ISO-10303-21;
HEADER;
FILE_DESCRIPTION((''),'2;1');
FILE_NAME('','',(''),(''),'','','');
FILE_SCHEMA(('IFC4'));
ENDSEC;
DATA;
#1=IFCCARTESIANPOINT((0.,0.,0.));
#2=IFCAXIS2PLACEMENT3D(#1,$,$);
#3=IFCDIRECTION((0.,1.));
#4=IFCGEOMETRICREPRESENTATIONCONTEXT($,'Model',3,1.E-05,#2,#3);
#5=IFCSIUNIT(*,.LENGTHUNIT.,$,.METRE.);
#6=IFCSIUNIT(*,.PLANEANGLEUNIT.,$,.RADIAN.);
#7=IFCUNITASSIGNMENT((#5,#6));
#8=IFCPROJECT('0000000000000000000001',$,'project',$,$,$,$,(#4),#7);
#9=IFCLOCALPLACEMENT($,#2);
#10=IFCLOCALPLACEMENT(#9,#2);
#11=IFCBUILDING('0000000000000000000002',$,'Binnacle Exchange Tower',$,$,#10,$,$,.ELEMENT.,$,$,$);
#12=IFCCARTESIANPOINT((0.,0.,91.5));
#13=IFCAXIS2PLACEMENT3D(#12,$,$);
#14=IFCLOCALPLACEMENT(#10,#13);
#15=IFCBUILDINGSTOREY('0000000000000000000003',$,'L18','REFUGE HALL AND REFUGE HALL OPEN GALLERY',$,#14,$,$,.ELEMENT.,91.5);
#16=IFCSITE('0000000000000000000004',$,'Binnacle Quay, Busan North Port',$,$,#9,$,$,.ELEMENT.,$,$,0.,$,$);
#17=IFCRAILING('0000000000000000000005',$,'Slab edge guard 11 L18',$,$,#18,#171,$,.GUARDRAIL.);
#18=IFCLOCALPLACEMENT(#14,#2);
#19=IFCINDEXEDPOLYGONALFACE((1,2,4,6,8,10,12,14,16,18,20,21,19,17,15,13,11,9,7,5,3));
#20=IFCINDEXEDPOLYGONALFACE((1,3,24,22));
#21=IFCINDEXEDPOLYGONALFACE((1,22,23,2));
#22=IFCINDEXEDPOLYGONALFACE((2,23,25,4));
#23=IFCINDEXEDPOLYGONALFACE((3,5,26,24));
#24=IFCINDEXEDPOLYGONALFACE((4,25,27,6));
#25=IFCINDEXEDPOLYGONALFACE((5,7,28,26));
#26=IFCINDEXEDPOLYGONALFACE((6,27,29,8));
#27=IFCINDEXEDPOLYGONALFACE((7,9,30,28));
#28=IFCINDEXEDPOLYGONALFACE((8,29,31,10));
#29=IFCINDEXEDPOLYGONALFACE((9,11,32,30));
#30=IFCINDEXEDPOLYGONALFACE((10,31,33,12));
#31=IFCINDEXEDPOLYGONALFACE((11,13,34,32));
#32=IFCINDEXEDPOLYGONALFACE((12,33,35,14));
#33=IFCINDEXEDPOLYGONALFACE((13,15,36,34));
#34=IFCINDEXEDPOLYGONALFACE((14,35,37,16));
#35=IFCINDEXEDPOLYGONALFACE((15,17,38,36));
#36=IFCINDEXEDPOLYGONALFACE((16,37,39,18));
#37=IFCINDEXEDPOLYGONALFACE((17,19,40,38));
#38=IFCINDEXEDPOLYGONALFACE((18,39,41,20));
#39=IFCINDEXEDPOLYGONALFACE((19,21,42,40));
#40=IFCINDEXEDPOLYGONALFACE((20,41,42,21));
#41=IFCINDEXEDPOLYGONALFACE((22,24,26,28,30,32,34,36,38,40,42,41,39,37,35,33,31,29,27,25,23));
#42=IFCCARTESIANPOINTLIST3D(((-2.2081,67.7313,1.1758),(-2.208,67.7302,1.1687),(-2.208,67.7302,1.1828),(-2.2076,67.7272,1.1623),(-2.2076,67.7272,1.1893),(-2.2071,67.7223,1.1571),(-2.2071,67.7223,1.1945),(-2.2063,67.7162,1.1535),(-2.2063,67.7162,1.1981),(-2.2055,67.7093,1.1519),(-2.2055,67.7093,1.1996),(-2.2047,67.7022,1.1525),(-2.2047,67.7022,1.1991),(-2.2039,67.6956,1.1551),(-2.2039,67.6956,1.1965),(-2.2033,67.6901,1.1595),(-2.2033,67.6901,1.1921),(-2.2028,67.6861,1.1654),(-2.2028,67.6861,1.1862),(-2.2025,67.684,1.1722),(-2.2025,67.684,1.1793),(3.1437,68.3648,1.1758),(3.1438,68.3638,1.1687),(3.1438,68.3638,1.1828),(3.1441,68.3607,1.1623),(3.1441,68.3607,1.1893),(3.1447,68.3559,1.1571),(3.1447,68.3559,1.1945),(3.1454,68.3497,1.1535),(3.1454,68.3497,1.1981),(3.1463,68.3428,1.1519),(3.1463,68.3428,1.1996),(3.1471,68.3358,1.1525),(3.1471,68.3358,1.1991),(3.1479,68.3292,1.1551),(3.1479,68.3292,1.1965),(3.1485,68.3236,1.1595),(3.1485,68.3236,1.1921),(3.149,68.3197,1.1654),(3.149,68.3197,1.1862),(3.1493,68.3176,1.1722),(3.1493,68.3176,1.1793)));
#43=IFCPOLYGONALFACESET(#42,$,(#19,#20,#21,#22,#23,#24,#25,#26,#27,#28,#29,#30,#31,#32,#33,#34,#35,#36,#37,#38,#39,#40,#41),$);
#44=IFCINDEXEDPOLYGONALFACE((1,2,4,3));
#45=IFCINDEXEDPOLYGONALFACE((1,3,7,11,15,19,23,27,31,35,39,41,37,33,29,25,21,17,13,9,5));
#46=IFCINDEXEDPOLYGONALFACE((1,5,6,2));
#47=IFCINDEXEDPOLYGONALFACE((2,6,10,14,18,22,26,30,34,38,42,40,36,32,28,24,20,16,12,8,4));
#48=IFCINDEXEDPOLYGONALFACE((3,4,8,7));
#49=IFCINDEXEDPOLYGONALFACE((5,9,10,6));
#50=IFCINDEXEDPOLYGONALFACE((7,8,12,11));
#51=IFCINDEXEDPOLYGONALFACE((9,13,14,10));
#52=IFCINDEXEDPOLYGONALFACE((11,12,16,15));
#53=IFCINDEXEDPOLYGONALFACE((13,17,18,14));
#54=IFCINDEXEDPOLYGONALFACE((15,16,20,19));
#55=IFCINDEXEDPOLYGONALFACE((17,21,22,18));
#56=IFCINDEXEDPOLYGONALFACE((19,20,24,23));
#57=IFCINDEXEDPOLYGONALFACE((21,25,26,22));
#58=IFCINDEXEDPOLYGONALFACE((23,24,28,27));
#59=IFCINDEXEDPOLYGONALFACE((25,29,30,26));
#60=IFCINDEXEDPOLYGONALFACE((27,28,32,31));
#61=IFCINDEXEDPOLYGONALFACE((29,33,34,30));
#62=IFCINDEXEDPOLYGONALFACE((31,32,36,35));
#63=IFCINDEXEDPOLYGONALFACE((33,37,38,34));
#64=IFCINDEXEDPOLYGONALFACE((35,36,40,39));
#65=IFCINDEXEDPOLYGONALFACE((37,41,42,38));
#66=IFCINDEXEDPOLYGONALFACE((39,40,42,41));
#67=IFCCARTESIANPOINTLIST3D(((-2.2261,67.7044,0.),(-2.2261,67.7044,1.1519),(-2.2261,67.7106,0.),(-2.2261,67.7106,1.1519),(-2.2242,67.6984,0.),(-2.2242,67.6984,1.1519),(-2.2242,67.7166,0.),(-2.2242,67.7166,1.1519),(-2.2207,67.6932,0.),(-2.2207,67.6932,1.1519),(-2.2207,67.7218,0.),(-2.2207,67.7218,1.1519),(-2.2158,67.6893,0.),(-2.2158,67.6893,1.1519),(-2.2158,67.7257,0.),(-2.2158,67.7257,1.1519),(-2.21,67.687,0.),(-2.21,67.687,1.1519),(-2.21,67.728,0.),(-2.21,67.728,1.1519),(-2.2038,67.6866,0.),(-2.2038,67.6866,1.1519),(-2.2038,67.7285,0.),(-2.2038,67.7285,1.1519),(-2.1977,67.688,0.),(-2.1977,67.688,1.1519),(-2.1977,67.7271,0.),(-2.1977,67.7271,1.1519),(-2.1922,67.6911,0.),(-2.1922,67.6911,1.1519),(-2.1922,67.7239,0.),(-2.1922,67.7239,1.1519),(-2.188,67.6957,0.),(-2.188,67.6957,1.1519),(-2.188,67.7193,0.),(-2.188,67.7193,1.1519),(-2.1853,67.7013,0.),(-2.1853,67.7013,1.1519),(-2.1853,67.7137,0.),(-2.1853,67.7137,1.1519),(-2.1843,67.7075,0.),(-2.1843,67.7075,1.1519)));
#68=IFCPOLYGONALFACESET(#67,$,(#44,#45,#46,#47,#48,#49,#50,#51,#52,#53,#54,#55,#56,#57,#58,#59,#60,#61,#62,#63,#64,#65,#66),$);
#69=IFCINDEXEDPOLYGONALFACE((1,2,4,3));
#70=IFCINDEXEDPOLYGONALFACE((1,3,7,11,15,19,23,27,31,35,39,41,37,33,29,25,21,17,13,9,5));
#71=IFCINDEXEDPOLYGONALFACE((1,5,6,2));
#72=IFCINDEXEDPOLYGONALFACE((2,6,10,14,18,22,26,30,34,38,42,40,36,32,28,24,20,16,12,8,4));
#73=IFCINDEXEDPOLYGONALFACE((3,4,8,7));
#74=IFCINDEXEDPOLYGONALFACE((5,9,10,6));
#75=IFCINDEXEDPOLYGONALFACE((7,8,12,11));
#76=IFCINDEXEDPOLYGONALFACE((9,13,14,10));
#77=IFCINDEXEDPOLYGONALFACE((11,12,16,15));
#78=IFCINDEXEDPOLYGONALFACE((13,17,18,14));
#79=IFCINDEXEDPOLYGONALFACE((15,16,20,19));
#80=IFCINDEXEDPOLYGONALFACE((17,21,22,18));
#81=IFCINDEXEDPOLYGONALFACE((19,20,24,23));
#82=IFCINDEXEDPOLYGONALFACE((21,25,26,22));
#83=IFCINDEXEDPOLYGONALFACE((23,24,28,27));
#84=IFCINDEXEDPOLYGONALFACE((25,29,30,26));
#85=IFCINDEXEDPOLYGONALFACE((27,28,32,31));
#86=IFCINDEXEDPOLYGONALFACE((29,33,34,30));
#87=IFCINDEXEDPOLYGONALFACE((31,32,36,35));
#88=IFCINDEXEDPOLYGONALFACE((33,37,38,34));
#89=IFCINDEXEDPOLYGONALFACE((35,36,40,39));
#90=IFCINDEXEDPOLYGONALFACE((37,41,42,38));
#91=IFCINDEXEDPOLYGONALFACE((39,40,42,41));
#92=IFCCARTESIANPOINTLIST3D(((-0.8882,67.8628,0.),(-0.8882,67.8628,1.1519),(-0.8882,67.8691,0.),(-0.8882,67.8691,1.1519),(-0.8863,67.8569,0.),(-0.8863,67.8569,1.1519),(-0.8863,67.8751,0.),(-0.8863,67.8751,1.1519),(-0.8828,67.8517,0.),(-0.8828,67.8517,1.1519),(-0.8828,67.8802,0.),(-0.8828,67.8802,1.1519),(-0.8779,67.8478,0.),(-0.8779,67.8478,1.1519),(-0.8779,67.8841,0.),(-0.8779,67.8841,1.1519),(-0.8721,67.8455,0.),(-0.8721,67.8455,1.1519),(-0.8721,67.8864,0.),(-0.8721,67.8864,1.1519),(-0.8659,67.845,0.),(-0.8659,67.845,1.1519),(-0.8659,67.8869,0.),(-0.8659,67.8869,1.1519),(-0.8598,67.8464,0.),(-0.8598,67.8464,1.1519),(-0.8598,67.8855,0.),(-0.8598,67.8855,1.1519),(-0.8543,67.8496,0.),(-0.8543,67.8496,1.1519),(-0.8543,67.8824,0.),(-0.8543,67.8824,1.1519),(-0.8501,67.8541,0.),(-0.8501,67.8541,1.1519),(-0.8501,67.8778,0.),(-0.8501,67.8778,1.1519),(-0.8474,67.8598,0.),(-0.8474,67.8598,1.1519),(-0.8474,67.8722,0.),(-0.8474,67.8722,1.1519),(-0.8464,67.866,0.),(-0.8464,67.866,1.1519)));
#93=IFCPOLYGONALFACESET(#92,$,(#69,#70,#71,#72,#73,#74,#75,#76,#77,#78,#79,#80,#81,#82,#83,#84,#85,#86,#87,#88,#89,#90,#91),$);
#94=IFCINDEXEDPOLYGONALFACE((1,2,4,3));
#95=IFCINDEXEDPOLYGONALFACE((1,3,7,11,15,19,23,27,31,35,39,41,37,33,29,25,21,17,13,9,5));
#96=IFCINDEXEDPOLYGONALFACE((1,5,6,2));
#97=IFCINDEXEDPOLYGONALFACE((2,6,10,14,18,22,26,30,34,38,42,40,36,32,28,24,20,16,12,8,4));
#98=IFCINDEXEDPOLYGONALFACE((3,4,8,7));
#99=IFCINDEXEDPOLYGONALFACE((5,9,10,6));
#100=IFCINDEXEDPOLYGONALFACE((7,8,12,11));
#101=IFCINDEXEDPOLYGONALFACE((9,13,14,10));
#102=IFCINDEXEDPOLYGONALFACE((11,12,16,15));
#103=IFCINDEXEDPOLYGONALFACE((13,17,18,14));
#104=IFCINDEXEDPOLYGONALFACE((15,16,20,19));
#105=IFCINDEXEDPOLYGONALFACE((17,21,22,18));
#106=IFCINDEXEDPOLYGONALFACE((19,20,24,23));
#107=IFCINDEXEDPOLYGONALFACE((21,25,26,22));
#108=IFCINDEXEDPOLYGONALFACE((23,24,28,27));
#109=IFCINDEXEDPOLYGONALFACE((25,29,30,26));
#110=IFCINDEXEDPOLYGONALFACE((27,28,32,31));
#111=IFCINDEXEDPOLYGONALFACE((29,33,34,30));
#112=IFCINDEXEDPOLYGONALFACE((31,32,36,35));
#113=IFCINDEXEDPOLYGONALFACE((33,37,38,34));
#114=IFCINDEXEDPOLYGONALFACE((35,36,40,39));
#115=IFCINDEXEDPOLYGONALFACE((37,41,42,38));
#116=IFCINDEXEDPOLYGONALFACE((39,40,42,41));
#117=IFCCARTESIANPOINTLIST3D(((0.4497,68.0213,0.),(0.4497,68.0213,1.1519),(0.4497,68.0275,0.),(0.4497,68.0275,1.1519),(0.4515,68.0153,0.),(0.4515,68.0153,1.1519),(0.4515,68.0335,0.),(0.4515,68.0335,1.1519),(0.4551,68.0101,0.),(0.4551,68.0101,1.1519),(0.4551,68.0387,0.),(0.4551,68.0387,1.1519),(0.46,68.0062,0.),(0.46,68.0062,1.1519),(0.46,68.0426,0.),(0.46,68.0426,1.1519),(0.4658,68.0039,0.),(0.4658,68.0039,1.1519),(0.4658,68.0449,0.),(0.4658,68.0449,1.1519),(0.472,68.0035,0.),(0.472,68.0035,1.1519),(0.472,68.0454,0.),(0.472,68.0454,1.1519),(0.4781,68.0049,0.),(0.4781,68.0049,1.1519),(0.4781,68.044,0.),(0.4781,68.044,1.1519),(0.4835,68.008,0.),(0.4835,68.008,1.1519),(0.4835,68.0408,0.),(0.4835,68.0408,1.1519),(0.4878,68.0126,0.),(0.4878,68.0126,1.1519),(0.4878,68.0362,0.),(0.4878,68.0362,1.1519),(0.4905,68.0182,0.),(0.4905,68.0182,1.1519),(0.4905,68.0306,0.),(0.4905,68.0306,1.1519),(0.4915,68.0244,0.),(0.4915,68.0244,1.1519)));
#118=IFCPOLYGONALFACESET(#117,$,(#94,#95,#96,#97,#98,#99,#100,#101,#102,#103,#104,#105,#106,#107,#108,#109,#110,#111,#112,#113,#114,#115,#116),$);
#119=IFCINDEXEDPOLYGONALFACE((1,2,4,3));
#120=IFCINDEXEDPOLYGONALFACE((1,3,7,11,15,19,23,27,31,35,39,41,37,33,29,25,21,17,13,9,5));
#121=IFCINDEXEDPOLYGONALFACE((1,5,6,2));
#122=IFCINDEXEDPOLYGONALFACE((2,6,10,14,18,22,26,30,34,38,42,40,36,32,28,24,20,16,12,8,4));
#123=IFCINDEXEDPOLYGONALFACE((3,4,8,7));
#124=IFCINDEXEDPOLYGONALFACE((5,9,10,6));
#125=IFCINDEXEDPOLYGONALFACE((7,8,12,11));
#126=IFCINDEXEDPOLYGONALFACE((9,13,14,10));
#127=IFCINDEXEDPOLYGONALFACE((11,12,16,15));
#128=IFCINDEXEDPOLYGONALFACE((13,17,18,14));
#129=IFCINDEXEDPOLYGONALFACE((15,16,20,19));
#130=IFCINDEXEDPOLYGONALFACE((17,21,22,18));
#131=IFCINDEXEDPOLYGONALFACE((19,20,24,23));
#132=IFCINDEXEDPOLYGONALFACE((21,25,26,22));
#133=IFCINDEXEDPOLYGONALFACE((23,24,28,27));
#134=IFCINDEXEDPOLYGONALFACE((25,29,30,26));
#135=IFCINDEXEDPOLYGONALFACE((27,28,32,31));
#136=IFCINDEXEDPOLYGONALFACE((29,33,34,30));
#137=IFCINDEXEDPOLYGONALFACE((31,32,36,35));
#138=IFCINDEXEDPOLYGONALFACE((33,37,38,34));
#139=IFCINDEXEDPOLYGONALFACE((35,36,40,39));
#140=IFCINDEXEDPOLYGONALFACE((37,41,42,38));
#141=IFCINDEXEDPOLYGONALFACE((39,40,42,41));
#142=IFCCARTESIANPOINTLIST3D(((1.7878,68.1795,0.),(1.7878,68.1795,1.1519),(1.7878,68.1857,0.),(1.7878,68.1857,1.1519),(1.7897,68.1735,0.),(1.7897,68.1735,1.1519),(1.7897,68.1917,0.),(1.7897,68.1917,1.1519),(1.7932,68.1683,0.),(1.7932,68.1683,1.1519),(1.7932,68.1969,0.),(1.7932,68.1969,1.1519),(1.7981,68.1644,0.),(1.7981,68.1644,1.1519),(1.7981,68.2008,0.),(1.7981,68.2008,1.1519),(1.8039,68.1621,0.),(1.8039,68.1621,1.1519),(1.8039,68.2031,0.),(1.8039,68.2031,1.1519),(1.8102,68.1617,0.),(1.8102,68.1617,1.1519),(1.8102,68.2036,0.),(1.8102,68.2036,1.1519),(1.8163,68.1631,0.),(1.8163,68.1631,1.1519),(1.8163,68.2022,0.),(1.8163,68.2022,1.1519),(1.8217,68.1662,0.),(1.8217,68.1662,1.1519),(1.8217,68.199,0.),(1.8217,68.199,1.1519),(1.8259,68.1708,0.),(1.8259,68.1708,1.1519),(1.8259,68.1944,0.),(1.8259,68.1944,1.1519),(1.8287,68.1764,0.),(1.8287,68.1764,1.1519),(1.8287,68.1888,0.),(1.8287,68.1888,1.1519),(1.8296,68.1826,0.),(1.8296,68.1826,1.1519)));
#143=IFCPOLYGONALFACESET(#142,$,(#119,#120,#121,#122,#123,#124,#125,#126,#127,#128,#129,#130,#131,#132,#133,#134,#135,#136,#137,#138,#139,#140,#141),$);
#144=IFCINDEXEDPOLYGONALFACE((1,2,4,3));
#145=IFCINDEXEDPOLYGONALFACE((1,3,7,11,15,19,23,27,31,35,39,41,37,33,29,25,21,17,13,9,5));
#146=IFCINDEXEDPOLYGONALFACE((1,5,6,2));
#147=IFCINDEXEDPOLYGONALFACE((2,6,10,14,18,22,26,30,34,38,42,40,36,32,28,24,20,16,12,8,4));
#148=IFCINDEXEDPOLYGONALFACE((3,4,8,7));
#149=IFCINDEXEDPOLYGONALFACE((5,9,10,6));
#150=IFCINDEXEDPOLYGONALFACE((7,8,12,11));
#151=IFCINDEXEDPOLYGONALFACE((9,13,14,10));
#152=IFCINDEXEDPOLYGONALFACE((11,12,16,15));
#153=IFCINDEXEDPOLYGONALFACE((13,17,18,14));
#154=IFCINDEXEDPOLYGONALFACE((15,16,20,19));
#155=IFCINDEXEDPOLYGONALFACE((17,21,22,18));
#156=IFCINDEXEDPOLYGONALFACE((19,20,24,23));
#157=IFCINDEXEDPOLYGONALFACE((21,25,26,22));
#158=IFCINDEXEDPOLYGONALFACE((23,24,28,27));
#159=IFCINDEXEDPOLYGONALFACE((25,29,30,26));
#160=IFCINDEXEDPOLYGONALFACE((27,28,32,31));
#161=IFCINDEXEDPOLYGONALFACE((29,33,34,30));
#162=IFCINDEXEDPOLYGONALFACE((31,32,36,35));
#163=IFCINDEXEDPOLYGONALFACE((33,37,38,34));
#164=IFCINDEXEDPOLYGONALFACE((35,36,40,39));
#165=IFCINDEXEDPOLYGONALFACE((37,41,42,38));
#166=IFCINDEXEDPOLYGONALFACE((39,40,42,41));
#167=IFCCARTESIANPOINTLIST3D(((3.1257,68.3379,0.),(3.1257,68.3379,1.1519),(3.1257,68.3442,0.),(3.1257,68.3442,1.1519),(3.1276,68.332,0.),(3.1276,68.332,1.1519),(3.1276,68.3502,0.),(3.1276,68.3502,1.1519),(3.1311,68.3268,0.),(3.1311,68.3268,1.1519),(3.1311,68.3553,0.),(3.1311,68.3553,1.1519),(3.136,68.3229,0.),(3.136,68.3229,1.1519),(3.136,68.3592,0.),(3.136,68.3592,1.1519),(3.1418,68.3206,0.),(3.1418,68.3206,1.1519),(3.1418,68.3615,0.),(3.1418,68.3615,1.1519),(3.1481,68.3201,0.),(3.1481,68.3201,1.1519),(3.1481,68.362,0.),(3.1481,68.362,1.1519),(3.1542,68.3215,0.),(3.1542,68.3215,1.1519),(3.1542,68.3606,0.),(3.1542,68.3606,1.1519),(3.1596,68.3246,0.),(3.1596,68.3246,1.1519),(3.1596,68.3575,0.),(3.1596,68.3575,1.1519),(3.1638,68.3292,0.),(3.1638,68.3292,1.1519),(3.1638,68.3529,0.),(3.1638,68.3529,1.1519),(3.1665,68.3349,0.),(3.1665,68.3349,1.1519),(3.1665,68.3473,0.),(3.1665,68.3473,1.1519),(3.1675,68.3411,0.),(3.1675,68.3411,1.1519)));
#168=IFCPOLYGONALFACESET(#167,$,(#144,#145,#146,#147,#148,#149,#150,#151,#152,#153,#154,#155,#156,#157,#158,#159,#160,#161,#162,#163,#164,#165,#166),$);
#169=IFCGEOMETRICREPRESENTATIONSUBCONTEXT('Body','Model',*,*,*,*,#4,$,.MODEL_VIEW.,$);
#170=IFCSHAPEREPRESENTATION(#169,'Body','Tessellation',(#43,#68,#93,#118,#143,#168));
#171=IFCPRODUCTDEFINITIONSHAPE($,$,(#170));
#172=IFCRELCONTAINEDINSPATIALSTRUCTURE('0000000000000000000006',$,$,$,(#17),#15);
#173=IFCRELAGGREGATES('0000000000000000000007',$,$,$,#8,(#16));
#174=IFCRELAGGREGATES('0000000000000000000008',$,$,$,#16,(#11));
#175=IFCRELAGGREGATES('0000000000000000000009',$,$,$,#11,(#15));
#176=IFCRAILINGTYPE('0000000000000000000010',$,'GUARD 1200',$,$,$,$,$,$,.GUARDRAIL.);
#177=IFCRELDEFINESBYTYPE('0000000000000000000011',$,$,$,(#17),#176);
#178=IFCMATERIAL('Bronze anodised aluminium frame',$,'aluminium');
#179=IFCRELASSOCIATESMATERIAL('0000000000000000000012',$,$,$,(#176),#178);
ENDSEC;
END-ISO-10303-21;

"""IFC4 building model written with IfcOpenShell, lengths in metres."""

from ifc_helpers import new_model, si_unit, direction, frame, origin, origin_2d, place, context, subcontext, project, spatial, circle, extrude, material, type_object, element, save


model = new_model("IFC4")

# Units and contexts
model_context = context("Model", 3, precision=1e-05, world=origin(), true_north=direction((0.0, 1.0)))
body_context = subcontext(model_context, "Body", "Model", "MODEL_VIEW")
ifc_project = project(units=[si_unit("LENGTHUNIT", "METRE"), si_unit("PLANEANGLEUNIT", "RADIAN")], contexts=[model_context])

# Site, building, storey
site_placement = place(None, origin())
site = spatial("IfcSite", under=ifc_project, at=site_placement, Name="Binnacle Quay, Busan North Port", CompositionType="ELEMENT", RefElevation=0.0)
building_placement = place(site_placement, origin())
building = spatial("IfcBuilding", under=site, at=building_placement, Name="Binnacle Exchange Tower", CompositionType="ELEMENT")
storey_placement = place(building_placement, frame((0.0, 0.0, 91.5)))
storey = spatial("IfcBuildingStorey", under=building, at=storey_placement, Name="L18", Description="REFUGE HALL AND REFUGE HALL OPEN GALLERY", CompositionType="ELEMENT", Elevation=91.5)

# Railing
ifc_material_1 = material(Name="Bronze anodised aluminium frame", Category="aluminium")
railing_type = type_object("IfcRailingType", Name="GUARD 1200", PredefinedType="GUARDRAIL", material=ifc_material_1)
railing_placement = place(storey_placement, frame((-2.2053, 67.7075, 0.0)))
element("IfcRailing", 1, at=railing_placement, inside=storey, type_object=railing_type, Name="Slab edge guard 11 L18", PredefinedType="GUARDRAIL", context=body_context, shape_type="SweptSolid", body=[
    extrude(circle(Radius=0.0239, at=origin_2d()), frame((0.0, 0.0, 1.1758), z_axis=(0.993066, 0.117559, 0.0), x_axis=(-0.117559, 0.993066, 0.0)), (0.0, 0.0, 1.0), 5.3892),
    extrude(circle(Radius=0.021, at=origin_2d()), origin(), (0.0, 0.0, 1.0), 1.1519),
    extrude(circle(Radius=0.021, at=origin_2d()), frame((1.3379, 0.1584, 0.0)), (0.0, 0.0, 1.0), 1.1519),
    extrude(circle(Radius=0.021, at=origin_2d()), frame((2.6758, 0.3169, 0.0)), (0.0, 0.0, 1.0), 1.1519),
    extrude(circle(Radius=0.021, at=origin_2d()), frame((4.0139, 0.4751, 0.0)), (0.0, 0.0, 1.0), 1.1519),
    extrude(circle(Radius=0.021, at=origin_2d()), frame((5.3518, 0.6335, 0.0)), (0.0, 0.0, 1.0), 1.1519),
])

save(model, "model.ifc")
